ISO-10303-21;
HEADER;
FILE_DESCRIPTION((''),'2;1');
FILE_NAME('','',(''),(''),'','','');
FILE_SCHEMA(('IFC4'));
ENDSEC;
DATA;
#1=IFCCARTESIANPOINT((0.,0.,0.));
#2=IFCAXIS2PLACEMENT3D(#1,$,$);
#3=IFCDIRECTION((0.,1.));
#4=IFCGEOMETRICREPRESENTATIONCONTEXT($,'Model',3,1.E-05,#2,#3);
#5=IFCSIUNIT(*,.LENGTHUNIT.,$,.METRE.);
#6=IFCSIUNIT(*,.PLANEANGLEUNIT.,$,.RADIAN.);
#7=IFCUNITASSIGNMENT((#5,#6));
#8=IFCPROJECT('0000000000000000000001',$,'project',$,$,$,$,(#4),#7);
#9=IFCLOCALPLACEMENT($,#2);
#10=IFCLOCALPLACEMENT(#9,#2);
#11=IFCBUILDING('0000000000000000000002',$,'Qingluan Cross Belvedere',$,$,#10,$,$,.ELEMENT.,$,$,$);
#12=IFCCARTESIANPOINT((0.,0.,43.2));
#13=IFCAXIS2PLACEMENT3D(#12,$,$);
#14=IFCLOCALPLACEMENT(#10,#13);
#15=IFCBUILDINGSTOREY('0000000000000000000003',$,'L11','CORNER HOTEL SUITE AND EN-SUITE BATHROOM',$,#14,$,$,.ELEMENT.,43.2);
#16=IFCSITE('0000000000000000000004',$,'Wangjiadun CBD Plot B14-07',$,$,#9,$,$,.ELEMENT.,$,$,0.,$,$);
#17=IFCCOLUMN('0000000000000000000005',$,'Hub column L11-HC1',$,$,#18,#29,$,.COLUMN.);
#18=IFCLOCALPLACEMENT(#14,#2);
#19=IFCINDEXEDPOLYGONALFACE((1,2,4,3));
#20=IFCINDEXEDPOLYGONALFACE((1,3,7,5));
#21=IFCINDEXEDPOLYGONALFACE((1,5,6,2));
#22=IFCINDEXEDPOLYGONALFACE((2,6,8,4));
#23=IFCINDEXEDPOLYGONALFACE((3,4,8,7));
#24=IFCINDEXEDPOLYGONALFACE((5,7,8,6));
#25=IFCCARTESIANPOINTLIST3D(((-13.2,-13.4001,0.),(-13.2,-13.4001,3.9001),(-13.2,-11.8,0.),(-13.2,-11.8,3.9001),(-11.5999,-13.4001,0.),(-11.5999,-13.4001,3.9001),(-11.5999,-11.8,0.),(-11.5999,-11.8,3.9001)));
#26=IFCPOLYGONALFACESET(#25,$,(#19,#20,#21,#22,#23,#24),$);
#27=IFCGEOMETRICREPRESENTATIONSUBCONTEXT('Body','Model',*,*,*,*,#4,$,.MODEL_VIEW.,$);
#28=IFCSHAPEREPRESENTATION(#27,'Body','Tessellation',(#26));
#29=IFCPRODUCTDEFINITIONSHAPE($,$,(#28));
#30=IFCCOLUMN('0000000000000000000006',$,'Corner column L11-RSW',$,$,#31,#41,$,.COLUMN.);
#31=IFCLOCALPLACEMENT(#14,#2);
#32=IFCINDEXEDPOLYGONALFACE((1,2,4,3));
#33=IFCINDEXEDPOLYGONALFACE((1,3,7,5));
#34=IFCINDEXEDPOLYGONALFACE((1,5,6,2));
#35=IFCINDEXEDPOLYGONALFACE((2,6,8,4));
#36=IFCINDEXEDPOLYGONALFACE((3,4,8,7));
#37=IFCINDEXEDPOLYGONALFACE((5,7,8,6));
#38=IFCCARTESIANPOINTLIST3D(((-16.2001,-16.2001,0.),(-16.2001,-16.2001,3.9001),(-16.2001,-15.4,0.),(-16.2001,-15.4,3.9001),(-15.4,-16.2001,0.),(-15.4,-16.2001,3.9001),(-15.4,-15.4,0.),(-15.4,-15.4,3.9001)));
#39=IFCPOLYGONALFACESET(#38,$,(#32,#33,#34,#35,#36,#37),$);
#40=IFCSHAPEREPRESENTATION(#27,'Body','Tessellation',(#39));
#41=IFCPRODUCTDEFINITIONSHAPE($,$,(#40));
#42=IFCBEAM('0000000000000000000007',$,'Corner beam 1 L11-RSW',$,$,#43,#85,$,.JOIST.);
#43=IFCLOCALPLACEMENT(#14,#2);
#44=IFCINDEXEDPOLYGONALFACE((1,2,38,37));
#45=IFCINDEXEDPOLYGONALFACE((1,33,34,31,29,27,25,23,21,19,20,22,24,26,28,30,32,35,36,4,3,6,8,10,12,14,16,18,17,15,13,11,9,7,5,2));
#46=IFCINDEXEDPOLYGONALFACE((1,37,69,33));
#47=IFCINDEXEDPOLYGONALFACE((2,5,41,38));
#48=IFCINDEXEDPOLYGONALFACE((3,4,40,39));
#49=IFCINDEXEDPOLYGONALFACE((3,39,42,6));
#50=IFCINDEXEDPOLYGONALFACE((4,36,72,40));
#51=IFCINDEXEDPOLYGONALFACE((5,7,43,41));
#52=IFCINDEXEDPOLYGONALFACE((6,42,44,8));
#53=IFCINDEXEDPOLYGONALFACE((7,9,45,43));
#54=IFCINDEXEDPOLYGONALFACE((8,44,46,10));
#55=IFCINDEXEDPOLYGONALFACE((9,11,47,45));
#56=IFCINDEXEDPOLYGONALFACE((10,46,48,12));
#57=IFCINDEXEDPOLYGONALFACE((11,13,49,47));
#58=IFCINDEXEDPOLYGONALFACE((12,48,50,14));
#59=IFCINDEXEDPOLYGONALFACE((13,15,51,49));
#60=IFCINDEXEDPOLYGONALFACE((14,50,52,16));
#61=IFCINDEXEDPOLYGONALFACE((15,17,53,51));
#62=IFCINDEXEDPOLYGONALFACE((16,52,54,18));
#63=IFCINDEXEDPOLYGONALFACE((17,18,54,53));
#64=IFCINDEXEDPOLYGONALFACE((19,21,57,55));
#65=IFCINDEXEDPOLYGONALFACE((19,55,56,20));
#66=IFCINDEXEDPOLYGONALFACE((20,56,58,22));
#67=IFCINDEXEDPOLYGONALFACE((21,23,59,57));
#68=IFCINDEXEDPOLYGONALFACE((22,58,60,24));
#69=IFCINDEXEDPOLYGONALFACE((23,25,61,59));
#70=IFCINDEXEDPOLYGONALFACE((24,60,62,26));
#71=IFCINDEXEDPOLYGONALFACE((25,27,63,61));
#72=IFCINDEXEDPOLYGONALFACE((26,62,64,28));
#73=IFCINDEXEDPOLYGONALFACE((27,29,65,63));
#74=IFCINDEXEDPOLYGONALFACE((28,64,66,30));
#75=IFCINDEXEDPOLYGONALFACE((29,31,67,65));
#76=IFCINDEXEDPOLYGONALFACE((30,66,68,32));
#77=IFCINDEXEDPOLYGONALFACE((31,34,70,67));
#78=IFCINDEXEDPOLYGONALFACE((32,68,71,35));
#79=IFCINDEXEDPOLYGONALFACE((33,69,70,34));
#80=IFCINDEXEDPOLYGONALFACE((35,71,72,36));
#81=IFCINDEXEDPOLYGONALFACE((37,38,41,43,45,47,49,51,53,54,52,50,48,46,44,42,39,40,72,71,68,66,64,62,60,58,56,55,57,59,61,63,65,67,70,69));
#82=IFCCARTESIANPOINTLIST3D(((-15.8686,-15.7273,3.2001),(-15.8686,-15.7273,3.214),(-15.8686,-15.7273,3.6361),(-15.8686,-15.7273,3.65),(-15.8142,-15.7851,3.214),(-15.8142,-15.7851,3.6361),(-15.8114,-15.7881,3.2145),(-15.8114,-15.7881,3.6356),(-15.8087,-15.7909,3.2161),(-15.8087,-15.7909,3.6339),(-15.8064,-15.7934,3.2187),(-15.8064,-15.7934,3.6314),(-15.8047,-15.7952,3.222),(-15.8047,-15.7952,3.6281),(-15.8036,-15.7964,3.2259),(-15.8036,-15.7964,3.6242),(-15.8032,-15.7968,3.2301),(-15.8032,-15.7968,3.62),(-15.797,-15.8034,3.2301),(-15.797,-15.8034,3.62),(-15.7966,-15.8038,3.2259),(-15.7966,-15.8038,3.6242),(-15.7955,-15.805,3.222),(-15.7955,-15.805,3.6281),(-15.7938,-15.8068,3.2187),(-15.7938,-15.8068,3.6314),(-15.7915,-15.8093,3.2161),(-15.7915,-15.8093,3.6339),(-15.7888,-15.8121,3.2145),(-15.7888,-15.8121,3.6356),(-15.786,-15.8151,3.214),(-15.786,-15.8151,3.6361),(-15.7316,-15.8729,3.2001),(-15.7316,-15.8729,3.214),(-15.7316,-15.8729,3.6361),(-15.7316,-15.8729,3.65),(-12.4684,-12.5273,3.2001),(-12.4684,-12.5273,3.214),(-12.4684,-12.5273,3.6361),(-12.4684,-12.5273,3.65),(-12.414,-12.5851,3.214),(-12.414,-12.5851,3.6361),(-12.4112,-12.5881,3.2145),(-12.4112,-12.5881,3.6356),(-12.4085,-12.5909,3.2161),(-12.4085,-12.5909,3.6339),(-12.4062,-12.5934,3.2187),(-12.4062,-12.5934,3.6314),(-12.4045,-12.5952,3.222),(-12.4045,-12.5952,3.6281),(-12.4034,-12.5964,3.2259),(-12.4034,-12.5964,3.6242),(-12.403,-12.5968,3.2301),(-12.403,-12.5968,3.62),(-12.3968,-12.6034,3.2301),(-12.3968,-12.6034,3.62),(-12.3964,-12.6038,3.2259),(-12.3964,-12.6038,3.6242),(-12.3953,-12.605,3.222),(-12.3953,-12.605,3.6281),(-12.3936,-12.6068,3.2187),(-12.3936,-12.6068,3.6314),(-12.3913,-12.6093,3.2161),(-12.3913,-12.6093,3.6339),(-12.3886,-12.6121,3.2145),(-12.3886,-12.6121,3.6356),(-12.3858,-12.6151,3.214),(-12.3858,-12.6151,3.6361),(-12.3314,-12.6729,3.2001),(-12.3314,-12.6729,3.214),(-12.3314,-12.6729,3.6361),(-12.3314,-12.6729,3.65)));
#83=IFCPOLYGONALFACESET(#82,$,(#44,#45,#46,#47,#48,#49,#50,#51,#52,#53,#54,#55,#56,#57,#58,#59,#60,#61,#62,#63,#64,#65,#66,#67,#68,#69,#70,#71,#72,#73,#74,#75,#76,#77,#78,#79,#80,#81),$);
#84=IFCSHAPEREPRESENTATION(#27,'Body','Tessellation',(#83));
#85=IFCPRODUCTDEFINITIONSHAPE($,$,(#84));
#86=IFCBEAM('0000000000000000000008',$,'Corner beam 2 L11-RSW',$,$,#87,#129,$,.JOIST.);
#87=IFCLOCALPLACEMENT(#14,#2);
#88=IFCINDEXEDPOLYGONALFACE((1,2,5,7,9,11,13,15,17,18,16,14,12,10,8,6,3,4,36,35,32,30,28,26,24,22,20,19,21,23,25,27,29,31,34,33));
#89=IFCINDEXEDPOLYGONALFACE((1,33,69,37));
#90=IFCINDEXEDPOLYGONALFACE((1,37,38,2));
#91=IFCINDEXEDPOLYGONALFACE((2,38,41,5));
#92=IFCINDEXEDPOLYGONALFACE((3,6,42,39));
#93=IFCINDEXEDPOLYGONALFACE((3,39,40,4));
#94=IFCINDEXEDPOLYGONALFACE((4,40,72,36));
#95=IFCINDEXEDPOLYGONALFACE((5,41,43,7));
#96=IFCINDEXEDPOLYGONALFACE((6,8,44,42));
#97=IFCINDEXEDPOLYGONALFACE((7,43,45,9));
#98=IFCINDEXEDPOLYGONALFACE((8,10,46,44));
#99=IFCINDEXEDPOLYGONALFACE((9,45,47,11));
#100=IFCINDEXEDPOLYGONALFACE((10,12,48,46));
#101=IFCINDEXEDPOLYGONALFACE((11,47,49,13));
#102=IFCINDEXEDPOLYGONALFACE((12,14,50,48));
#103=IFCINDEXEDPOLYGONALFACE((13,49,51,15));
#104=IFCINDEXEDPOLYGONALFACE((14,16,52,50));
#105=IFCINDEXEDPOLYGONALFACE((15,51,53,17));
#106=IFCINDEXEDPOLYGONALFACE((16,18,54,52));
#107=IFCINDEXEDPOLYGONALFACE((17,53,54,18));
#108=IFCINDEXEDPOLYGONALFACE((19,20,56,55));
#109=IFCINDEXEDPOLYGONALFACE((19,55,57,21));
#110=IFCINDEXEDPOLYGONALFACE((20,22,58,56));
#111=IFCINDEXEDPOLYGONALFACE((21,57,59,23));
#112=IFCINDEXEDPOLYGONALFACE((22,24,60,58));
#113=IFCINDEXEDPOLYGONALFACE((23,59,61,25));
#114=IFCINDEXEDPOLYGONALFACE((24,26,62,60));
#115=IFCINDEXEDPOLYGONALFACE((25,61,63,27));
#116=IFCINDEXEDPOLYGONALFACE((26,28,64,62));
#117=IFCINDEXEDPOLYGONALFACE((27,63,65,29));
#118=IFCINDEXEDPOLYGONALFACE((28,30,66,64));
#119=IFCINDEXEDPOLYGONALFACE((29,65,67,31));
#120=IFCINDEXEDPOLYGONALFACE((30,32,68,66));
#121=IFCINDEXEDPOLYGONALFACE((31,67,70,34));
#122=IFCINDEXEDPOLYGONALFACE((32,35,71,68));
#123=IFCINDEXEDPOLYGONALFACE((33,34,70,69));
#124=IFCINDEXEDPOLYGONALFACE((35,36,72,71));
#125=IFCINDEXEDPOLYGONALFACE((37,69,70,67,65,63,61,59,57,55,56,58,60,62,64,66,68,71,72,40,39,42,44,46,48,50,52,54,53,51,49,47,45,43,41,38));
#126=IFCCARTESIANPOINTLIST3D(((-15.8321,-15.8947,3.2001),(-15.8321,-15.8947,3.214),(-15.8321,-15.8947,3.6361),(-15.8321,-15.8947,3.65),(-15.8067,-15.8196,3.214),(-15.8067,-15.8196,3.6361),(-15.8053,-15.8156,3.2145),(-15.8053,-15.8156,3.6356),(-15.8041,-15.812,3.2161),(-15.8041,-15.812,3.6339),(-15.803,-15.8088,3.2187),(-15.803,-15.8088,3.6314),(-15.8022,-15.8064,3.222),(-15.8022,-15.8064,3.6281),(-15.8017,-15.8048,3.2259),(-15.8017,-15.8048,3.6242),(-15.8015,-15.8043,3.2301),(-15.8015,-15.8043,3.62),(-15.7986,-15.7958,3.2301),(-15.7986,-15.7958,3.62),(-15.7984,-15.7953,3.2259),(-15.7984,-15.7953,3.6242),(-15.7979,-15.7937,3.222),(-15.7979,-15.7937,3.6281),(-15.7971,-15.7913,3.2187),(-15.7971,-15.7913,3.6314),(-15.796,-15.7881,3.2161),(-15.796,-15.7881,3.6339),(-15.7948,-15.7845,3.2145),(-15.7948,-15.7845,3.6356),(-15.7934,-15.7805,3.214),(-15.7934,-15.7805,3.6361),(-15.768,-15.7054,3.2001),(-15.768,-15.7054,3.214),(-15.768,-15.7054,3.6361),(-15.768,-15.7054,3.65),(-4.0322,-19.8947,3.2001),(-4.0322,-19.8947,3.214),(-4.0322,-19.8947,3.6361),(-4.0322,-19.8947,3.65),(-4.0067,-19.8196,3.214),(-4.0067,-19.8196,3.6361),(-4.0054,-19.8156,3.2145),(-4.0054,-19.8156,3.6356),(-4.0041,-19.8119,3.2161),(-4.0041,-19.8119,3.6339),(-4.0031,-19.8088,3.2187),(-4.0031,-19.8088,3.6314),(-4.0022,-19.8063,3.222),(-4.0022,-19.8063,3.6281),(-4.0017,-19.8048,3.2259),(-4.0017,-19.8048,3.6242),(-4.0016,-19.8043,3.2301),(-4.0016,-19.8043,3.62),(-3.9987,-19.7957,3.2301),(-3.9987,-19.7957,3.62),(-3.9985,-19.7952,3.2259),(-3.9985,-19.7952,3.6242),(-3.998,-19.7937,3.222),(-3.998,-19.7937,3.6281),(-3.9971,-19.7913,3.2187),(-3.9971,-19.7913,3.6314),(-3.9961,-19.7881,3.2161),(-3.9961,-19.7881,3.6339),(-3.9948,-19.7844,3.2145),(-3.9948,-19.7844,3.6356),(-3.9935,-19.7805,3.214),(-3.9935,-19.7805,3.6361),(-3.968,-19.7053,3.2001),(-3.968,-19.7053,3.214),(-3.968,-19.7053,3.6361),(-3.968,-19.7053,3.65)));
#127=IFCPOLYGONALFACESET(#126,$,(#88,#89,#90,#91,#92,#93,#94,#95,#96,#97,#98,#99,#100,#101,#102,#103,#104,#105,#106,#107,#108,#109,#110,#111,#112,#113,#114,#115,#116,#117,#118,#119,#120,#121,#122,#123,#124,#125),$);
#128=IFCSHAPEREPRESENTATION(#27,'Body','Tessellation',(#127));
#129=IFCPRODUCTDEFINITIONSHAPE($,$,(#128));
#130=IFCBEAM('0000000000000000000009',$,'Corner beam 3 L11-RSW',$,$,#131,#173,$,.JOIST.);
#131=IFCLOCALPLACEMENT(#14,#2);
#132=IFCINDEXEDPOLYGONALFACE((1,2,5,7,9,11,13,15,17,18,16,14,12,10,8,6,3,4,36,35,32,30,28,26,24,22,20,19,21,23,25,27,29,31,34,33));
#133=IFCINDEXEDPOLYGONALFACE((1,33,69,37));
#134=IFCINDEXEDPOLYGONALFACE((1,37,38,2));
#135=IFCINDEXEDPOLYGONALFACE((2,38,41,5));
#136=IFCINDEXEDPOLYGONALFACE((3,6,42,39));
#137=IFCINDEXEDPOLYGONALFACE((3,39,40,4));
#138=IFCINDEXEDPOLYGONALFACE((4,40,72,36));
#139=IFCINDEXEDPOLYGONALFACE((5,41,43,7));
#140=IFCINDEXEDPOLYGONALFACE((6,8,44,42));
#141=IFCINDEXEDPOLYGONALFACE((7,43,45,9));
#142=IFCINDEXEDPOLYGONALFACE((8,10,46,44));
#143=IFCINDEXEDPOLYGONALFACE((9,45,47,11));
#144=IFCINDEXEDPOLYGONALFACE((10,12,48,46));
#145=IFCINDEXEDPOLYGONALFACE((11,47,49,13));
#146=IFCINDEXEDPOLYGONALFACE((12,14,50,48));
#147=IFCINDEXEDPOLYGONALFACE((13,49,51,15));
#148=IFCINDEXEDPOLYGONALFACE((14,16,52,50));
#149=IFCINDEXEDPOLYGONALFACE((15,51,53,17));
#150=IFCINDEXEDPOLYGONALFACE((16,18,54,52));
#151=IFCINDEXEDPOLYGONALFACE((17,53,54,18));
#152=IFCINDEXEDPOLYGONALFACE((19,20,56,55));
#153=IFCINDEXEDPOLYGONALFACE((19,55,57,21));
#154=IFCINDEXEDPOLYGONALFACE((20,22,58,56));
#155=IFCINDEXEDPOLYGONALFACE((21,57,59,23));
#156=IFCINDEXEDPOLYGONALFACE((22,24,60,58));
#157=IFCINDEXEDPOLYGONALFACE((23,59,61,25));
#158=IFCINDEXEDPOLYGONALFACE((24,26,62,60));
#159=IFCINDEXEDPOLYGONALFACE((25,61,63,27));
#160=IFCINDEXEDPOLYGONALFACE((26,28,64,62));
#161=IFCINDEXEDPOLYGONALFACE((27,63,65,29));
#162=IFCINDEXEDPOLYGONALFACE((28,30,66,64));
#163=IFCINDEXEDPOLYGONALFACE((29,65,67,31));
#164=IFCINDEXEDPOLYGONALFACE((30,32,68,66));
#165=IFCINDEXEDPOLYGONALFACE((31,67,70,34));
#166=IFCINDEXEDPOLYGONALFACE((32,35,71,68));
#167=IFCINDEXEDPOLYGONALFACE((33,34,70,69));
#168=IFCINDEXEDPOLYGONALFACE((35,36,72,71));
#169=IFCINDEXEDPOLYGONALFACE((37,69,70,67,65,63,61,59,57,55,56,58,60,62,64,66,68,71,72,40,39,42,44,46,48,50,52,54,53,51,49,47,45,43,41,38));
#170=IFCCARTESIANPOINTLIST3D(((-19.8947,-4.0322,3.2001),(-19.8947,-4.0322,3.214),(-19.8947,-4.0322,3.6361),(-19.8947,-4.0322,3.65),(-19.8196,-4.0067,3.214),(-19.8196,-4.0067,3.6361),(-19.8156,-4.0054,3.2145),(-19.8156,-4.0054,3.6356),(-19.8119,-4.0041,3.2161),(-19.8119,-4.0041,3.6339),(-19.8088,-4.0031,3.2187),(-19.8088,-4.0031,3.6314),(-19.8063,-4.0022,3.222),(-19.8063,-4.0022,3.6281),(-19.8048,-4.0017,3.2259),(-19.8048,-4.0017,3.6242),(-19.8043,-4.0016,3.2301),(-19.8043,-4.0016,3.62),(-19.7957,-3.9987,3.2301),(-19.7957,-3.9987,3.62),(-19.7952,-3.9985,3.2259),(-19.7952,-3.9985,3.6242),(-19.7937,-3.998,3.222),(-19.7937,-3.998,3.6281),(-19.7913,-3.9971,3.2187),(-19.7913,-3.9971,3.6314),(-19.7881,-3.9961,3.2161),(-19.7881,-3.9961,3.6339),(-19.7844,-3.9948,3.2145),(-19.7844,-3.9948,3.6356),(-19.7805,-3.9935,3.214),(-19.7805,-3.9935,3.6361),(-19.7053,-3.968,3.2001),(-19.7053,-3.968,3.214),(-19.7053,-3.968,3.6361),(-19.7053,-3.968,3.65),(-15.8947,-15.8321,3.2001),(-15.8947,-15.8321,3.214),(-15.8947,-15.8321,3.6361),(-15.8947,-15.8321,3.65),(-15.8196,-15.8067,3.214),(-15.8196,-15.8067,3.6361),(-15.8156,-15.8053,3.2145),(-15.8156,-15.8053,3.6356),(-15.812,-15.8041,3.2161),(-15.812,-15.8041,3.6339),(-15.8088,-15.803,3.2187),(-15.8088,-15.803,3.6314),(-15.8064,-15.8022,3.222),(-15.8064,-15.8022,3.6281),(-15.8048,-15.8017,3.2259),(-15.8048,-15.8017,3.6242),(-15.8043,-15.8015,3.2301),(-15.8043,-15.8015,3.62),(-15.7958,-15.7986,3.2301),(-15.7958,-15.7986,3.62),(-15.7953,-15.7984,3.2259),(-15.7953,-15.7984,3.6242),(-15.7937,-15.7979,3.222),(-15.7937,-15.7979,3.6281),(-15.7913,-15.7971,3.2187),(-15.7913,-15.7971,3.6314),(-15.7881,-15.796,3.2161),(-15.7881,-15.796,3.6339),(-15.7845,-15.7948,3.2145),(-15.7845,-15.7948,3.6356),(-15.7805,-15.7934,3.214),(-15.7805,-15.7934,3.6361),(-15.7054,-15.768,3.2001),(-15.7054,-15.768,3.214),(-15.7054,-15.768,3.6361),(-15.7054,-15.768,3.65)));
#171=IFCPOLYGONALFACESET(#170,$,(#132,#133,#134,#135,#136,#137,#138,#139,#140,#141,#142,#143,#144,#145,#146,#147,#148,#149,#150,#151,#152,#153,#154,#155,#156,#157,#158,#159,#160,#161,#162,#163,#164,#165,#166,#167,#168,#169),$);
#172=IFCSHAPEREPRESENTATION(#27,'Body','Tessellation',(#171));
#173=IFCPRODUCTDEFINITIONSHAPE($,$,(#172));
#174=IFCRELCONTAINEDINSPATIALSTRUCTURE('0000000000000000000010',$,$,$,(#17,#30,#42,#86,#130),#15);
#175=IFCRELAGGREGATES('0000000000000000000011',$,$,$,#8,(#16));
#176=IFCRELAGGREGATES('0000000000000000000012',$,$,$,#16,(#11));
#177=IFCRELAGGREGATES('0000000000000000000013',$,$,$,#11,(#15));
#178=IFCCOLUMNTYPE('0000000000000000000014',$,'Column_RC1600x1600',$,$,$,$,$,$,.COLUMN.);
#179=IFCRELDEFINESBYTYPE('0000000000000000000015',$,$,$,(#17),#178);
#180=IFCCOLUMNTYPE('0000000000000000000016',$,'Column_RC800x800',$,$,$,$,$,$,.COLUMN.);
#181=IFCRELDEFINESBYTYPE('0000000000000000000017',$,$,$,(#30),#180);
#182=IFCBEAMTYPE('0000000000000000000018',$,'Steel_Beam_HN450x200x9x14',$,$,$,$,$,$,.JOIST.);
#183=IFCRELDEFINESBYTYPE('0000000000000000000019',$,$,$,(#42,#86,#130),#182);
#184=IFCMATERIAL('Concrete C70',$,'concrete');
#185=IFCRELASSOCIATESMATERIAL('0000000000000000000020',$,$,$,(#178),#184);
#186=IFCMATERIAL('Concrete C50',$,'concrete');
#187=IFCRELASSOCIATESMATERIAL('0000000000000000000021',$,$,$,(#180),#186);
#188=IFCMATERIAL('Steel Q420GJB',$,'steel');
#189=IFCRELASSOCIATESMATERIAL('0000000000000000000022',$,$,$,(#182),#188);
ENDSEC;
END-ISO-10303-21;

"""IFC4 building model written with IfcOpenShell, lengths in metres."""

from ifc_helpers import new_model, si_unit, direction, frame, origin, origin_2d, place, context, subcontext, project, spatial, rectangle, i_section, extrude, material, material_profile, profile_set, type_object, element, save


model = new_model("IFC4")

# Units and contexts
model_context = context("Model", 3, precision=1e-05, world=origin(), true_north=direction((0.0, 1.0)))
body_context = subcontext(model_context, "Body", "Model", "MODEL_VIEW")
ifc_project = project(units=[si_unit("LENGTHUNIT", "METRE"), si_unit("PLANEANGLEUNIT", "RADIAN")], contexts=[model_context])

# Site, building, storey
site_placement = place(None, origin())
site = spatial("IfcSite", under=ifc_project, at=site_placement, Name="Wangjiadun CBD Plot B14-07", CompositionType="ELEMENT", RefElevation=0.0)
building_placement = place(site_placement, origin())
building = spatial("IfcBuilding", under=site, at=building_placement, Name="Qingluan Cross Belvedere", CompositionType="ELEMENT")
storey_placement = place(building_placement, frame((0.0, 0.0, 43.2)))
storey = spatial("IfcBuildingStorey", under=building, at=storey_placement, Name="L11", Description="CORNER HOTEL SUITE AND EN-SUITE BATHROOM", CompositionType="ELEMENT", Elevation=43.2)

# Columns
ifc_material_1 = material(Name="Concrete C70", Category="concrete")
ifc_material_profile_1 = material_profile(ifc_material_1, rectangle(XDim=1.6001, YDim=1.6001, at=origin_2d()), Name="RC1600x1600")
ifc_profile_set_1 = profile_set([ifc_material_profile_1], Name="Concrete C70")
column_type_1 = type_object("IfcColumnType", Name="Column_RC1600x1600", PredefinedType="COLUMN", material=ifc_profile_set_1)
column_1_placement = place(storey_placement, frame((-12.3999, -12.6001, 0.0), z_axis=(0.0, 0.0, 1.0), x_axis=(1.0, 0.0, 0.0)))
element("IfcColumn", 1, at=column_1_placement, inside=storey, type_object=column_type_1, Name="Hub column L11-HC1", PredefinedType="COLUMN", context=body_context, shape_type="SweptSolid", body=[
    extrude(rectangle(XDim=1.6001, YDim=1.6001, at=origin_2d()), origin(), (0.0, 0.0, 1.0), 3.9001),
])
ifc_material_2 = material(Name="Concrete C50", Category="concrete")
ifc_material_profile_2 = material_profile(ifc_material_2, rectangle(XDim=0.8, YDim=0.8, at=origin_2d()), Name="RC800x800")
ifc_profile_set_2 = profile_set([ifc_material_profile_2], Name="Concrete C50")
column_type_2 = type_object("IfcColumnType", Name="Column_RC800x800", PredefinedType="COLUMN", material=ifc_profile_set_2)
column_2_placement = place(storey_placement, frame((-15.8, -15.8, 0.0), z_axis=(0.0, 0.0, 1.0), x_axis=(1.0, 0.0, 0.0)))
element("IfcColumn", 2, at=column_2_placement, inside=storey, type_object=column_type_2, Name="Corner column L11-RSW", PredefinedType="COLUMN", context=body_context, shape_type="SweptSolid", body=[
    extrude(rectangle(XDim=0.8, YDim=0.8, at=origin_2d()), origin(), (0.0, 0.0, 1.0), 3.9001),
])

# Beams
ifc_material_3 = material(Name="Steel Q420GJB", Category="steel")
ifc_material_profile_3 = material_profile(ifc_material_3, i_section(OverallWidth=0.2, OverallDepth=0.45, WebThickness=0.009, FlangeThickness=0.0139, FilletRadius=0.0161, at=origin_2d()), Name="HN450x200x9x14")
ifc_profile_set_3 = profile_set([ifc_material_profile_3], Name="Steel Q420GJB")
beam_type_1 = type_object("IfcBeamType", Name="Steel_Beam_HN450x200x9x14", PredefinedType="JOIST", material=ifc_profile_set_3)
beam_1_placement = place(storey_placement, frame((-12.3999, -12.6001, 3.425), z_axis=(-0.72822, -0.685343, 0.0), x_axis=(0.685343, -0.72822, 0.0)))
element("IfcBeam", 3, at=beam_1_placement, inside=storey, type_object=beam_type_1, Name="Corner beam 1 L11-RSW", PredefinedType="JOIST", context=body_context, shape_type="SweptSolid", body=[
    extrude(i_section(OverallWidth=0.2, OverallDepth=0.45, WebThickness=0.009, FlangeThickness=0.0139, FilletRadius=0.0161, at=origin_2d()), origin(), (0.0, 0.0, 1.0), 4.6692),
])
for number, where, z_axis, x_axis, name in (
    (4, (-15.8, -15.8, 3.425), (0.947066, -0.321038, 0.0), (0.321038, 0.947066, 0.0), "Corner beam 2 L11-RSW"),
    (5, (-15.8, -15.8, 3.425), (-0.321038, 0.947066, 0.0), (-0.947066, -0.321038, 0.0), "Corner beam 3 L11-RSW"),
):
    element("IfcBeam", number, at=place(storey_placement, frame(where, z_axis=z_axis, x_axis=x_axis)), inside=storey, type_object=beam_type_1, Name=name, PredefinedType="JOIST", context=body_context, shape_type="SweptSolid", body=[
        extrude(i_section(OverallWidth=0.2, OverallDepth=0.45, WebThickness=0.009, FlangeThickness=0.0139, FilletRadius=0.0161, at=origin_2d()), origin(), (0.0, 0.0, 1.0), 12.4595),
    ])

save(model, "model.ifc")
